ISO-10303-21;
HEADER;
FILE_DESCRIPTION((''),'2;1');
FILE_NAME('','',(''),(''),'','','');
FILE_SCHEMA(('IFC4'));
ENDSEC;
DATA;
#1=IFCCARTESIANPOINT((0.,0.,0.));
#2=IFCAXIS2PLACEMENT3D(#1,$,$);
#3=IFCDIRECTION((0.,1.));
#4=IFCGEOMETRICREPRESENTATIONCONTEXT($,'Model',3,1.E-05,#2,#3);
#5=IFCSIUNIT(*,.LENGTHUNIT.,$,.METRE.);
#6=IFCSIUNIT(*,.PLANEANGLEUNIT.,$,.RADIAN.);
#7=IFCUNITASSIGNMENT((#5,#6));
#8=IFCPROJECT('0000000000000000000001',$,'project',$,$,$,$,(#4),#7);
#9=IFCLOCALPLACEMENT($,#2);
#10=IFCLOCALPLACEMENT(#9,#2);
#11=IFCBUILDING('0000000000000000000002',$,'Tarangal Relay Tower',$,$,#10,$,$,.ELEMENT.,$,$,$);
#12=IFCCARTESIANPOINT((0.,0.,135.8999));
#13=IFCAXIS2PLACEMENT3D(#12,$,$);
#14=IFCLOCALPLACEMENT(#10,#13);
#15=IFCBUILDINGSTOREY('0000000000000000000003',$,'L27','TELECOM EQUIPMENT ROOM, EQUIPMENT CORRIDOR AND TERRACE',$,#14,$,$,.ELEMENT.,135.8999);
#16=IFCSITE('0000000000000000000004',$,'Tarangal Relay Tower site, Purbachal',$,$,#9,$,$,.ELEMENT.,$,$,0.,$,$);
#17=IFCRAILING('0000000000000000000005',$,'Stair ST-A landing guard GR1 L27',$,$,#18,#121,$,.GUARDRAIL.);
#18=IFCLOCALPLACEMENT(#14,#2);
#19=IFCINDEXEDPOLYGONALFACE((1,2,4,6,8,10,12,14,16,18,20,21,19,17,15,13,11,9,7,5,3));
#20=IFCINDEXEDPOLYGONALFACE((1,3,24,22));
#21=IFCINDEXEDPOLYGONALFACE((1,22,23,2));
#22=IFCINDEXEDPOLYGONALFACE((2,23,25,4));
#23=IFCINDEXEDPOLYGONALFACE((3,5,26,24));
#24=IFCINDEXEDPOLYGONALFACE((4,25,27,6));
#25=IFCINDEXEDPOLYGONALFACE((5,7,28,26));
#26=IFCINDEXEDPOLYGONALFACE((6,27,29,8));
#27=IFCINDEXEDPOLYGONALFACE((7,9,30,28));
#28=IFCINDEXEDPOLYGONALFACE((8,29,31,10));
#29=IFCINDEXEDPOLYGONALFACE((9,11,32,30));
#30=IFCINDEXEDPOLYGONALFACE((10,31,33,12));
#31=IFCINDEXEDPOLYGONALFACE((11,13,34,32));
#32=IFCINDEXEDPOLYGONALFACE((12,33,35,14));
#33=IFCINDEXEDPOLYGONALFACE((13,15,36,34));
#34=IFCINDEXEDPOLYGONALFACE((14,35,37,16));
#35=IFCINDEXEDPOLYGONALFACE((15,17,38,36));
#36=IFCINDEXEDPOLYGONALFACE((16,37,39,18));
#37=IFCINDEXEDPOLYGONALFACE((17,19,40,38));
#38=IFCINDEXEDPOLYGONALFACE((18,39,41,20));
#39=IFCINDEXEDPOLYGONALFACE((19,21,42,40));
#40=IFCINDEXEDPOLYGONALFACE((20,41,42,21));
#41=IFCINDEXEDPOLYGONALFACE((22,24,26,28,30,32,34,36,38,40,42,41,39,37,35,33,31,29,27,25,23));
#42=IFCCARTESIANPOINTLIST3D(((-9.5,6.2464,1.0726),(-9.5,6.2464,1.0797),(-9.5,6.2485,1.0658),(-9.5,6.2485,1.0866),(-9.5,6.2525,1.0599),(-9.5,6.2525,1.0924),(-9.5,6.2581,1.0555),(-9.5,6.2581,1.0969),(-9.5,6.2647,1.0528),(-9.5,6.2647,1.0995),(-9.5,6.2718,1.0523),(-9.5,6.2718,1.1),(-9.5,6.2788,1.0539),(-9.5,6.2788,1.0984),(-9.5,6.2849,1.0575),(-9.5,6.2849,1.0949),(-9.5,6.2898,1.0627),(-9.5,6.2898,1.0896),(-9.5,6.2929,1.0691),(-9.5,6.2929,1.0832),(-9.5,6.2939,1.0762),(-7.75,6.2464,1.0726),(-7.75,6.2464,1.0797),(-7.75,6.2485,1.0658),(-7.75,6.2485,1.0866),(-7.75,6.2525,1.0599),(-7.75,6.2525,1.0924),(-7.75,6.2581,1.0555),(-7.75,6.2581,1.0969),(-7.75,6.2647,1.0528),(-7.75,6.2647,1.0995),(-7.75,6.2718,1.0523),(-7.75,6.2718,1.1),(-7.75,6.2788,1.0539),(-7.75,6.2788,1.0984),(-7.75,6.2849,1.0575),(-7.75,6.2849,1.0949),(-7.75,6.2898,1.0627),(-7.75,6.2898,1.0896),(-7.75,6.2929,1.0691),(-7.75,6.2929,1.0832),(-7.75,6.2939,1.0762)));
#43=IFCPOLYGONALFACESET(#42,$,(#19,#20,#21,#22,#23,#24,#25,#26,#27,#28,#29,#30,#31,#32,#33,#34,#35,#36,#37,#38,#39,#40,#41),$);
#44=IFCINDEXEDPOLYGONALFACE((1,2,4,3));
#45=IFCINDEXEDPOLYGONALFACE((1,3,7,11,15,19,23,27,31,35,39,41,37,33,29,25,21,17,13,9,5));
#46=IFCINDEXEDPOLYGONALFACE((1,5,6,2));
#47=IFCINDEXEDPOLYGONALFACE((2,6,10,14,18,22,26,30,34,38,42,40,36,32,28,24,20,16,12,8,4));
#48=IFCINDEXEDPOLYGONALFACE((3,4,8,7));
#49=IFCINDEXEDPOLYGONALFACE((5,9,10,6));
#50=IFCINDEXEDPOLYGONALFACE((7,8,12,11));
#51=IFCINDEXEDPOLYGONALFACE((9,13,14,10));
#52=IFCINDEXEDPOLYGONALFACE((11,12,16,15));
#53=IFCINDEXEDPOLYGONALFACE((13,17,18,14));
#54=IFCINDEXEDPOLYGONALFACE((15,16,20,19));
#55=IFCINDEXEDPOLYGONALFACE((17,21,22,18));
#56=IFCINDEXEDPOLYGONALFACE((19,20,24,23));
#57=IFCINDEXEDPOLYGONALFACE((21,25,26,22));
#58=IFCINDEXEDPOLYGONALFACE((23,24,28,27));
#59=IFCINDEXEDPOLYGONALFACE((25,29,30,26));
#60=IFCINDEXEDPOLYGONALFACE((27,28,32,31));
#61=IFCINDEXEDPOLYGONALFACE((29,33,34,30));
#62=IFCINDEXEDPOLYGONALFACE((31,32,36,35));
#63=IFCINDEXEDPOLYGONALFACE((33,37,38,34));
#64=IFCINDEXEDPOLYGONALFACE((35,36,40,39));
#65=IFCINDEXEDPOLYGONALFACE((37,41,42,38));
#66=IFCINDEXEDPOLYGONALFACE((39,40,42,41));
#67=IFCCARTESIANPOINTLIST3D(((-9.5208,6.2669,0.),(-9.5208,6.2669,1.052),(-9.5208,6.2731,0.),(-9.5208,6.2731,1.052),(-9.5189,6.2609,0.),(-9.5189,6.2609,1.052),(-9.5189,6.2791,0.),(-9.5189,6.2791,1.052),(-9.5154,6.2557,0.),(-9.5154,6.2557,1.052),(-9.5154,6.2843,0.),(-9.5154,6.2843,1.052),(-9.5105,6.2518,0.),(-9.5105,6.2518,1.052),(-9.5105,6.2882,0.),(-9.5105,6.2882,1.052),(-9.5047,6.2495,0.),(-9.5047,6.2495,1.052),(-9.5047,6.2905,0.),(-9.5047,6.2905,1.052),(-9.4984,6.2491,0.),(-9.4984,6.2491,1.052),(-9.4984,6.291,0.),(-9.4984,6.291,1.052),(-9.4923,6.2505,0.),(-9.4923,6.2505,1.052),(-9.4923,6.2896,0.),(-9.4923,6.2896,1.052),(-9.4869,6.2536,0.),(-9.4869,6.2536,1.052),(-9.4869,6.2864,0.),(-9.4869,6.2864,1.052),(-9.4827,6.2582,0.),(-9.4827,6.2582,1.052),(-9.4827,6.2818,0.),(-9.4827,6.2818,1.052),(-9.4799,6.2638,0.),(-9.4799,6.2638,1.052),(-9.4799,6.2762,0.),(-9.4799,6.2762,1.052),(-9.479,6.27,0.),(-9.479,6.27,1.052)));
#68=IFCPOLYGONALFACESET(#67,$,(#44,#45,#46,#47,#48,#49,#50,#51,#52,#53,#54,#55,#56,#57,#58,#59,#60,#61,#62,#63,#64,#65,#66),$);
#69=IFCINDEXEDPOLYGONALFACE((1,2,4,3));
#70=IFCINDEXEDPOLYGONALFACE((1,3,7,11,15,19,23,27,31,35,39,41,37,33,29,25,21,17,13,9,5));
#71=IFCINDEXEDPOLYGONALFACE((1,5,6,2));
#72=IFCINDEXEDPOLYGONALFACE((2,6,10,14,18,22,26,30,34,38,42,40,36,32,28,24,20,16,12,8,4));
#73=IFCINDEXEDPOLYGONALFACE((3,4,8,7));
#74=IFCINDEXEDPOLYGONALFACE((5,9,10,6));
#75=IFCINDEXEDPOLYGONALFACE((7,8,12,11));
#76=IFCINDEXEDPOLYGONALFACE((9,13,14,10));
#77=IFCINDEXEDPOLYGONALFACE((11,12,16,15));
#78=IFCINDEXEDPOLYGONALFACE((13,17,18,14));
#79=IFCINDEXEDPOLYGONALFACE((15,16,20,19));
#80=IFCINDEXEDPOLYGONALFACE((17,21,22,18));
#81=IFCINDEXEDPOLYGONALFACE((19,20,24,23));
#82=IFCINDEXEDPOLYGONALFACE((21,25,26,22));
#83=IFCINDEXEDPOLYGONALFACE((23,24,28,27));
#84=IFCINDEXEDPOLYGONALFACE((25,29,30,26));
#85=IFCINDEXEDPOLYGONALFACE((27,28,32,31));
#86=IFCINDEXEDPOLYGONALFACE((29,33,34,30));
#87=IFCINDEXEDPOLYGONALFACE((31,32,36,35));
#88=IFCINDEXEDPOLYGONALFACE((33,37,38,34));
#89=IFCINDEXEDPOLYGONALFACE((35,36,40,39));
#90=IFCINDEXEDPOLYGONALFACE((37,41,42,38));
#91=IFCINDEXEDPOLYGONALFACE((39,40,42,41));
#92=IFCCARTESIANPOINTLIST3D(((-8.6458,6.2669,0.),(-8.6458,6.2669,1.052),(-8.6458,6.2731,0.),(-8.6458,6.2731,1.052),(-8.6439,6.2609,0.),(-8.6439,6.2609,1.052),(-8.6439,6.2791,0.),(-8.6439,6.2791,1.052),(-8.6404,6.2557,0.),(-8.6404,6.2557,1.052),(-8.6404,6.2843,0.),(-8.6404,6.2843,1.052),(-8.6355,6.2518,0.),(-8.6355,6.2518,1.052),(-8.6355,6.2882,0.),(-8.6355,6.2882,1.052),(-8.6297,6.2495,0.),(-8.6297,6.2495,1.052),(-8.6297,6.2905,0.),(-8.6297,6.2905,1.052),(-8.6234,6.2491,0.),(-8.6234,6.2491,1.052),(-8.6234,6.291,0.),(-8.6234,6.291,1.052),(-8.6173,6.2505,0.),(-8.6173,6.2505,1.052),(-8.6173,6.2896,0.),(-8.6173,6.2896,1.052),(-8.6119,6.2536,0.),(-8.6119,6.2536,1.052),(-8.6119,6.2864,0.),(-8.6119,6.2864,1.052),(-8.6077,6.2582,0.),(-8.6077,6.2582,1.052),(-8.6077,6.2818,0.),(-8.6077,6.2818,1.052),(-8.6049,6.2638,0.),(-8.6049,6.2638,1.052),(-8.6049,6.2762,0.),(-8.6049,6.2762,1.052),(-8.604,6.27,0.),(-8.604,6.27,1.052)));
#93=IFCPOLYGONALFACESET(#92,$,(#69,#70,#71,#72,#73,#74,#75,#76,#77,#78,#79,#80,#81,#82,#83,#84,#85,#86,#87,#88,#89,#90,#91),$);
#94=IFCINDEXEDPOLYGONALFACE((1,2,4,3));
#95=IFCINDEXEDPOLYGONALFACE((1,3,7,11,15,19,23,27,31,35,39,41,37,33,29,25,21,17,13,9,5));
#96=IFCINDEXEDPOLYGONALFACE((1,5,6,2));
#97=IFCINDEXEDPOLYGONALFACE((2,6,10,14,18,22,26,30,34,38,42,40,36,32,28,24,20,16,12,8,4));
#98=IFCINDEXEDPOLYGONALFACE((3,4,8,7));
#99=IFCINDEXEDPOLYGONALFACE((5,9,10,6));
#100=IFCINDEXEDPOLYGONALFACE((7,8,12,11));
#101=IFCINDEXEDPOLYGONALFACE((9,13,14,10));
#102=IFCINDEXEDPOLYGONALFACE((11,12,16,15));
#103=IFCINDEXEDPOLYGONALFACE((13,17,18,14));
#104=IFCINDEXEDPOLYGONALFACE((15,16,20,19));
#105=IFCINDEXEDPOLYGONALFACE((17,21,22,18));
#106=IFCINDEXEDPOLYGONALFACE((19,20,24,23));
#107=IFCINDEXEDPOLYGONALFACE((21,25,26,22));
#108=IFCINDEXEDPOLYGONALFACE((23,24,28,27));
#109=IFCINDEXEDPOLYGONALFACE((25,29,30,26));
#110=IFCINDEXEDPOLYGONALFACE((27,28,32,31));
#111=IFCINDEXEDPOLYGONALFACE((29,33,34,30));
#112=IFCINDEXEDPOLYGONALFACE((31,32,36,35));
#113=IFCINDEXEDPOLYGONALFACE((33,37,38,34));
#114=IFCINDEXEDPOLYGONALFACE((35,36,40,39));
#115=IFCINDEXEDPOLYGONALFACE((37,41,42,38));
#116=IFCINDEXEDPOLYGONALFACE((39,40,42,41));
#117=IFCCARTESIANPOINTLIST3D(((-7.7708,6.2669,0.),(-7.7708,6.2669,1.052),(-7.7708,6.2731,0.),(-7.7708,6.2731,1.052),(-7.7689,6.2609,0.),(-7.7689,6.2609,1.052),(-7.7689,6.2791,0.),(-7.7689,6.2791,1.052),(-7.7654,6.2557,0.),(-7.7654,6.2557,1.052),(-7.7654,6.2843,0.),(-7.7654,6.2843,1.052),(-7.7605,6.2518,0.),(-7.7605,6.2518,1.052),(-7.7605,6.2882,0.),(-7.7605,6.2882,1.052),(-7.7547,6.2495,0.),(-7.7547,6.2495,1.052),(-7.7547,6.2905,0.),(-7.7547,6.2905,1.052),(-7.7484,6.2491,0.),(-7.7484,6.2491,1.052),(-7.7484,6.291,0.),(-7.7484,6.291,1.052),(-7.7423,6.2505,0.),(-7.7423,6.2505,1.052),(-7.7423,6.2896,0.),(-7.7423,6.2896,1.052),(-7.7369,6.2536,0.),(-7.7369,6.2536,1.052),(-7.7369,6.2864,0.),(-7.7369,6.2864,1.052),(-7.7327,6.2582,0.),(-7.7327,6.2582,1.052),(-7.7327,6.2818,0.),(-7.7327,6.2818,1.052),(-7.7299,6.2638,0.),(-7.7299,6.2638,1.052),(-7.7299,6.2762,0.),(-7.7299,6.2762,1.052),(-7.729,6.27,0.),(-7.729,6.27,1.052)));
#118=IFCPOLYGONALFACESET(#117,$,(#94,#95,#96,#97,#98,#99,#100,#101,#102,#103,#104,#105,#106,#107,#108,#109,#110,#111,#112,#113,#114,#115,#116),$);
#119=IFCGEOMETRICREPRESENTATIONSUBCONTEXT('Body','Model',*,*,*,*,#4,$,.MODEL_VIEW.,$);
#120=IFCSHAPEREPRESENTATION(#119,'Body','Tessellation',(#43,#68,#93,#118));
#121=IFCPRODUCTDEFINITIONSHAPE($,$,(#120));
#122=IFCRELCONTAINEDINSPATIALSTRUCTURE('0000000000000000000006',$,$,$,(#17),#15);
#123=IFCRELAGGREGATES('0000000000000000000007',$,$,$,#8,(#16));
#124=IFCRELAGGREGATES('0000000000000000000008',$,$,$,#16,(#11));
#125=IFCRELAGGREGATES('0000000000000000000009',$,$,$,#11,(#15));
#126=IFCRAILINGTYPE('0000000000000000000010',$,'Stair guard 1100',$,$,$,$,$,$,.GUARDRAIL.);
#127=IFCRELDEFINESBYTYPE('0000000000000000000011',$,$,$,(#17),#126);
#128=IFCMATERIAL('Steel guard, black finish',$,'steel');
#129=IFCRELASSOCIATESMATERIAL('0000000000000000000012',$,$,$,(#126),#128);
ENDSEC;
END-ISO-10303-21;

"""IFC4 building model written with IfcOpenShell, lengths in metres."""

from ifc_helpers import new_model, si_unit, direction, frame, origin, origin_2d, place, context, subcontext, project, spatial, circle, extrude, material, type_object, element, save


model = new_model("IFC4")

# Units and contexts
model_context = context("Model", 3, precision=1e-05, world=origin(), true_north=direction((0.0, 1.0)))
body_context = subcontext(model_context, "Body", "Model", "MODEL_VIEW")
ifc_project = project(units=[si_unit("LENGTHUNIT", "METRE"), si_unit("PLANEANGLEUNIT", "RADIAN")], contexts=[model_context])

# Site, building, storey
site_placement = place(None, origin())
site = spatial("IfcSite", under=ifc_project, at=site_placement, Name="Tarangal Relay Tower site, Purbachal", CompositionType="ELEMENT", RefElevation=0.0)
building_placement = place(site_placement, origin())
building = spatial("IfcBuilding", under=site, at=building_placement, Name="Tarangal Relay Tower", CompositionType="ELEMENT")
storey_placement = place(building_placement, frame((0.0, 0.0, 135.8999)))
storey = spatial("IfcBuildingStorey", under=building, at=storey_placement, Name="L27", Description="TELECOM EQUIPMENT ROOM, EQUIPMENT CORRIDOR AND TERRACE", CompositionType="ELEMENT", Elevation=135.8999)

# Railing
ifc_material_1 = material(Name="Steel guard, black finish", Category="steel")
railing_type_1 = type_object("IfcRailingType", Name="Stair guard 1100", PredefinedType="GUARDRAIL", material=ifc_material_1)
railing_1_placement = place(storey_placement, frame((-9.5, 6.27, 0.0)))
element("IfcRailing", 1, at=railing_1_placement, inside=storey, type_object=railing_type_1, Name="Stair ST-A landing guard GR1 L27", PredefinedType="GUARDRAIL", context=body_context, shape_type="SweptSolid", body=[
    extrude(circle(Radius=0.0239, at=origin_2d()), frame((0.0, 0.0, 1.0762), z_axis=(1.0, 0.0, 0.0), x_axis=(0.0, 1.0, 0.0)), (0.0, 0.0, 1.0), 1.75),
    extrude(circle(Radius=0.021, at=origin_2d()), origin(), (0.0, 0.0, 1.0), 1.052),
    extrude(circle(Radius=0.021, at=origin_2d()), frame((0.875, 0.0, 0.0)), (0.0, 0.0, 1.0), 1.052),
    extrude(circle(Radius=0.021, at=origin_2d()), frame((1.75, 0.0, 0.0)), (0.0, 0.0, 1.0), 1.052),
])

save(model, "model.ifc")
